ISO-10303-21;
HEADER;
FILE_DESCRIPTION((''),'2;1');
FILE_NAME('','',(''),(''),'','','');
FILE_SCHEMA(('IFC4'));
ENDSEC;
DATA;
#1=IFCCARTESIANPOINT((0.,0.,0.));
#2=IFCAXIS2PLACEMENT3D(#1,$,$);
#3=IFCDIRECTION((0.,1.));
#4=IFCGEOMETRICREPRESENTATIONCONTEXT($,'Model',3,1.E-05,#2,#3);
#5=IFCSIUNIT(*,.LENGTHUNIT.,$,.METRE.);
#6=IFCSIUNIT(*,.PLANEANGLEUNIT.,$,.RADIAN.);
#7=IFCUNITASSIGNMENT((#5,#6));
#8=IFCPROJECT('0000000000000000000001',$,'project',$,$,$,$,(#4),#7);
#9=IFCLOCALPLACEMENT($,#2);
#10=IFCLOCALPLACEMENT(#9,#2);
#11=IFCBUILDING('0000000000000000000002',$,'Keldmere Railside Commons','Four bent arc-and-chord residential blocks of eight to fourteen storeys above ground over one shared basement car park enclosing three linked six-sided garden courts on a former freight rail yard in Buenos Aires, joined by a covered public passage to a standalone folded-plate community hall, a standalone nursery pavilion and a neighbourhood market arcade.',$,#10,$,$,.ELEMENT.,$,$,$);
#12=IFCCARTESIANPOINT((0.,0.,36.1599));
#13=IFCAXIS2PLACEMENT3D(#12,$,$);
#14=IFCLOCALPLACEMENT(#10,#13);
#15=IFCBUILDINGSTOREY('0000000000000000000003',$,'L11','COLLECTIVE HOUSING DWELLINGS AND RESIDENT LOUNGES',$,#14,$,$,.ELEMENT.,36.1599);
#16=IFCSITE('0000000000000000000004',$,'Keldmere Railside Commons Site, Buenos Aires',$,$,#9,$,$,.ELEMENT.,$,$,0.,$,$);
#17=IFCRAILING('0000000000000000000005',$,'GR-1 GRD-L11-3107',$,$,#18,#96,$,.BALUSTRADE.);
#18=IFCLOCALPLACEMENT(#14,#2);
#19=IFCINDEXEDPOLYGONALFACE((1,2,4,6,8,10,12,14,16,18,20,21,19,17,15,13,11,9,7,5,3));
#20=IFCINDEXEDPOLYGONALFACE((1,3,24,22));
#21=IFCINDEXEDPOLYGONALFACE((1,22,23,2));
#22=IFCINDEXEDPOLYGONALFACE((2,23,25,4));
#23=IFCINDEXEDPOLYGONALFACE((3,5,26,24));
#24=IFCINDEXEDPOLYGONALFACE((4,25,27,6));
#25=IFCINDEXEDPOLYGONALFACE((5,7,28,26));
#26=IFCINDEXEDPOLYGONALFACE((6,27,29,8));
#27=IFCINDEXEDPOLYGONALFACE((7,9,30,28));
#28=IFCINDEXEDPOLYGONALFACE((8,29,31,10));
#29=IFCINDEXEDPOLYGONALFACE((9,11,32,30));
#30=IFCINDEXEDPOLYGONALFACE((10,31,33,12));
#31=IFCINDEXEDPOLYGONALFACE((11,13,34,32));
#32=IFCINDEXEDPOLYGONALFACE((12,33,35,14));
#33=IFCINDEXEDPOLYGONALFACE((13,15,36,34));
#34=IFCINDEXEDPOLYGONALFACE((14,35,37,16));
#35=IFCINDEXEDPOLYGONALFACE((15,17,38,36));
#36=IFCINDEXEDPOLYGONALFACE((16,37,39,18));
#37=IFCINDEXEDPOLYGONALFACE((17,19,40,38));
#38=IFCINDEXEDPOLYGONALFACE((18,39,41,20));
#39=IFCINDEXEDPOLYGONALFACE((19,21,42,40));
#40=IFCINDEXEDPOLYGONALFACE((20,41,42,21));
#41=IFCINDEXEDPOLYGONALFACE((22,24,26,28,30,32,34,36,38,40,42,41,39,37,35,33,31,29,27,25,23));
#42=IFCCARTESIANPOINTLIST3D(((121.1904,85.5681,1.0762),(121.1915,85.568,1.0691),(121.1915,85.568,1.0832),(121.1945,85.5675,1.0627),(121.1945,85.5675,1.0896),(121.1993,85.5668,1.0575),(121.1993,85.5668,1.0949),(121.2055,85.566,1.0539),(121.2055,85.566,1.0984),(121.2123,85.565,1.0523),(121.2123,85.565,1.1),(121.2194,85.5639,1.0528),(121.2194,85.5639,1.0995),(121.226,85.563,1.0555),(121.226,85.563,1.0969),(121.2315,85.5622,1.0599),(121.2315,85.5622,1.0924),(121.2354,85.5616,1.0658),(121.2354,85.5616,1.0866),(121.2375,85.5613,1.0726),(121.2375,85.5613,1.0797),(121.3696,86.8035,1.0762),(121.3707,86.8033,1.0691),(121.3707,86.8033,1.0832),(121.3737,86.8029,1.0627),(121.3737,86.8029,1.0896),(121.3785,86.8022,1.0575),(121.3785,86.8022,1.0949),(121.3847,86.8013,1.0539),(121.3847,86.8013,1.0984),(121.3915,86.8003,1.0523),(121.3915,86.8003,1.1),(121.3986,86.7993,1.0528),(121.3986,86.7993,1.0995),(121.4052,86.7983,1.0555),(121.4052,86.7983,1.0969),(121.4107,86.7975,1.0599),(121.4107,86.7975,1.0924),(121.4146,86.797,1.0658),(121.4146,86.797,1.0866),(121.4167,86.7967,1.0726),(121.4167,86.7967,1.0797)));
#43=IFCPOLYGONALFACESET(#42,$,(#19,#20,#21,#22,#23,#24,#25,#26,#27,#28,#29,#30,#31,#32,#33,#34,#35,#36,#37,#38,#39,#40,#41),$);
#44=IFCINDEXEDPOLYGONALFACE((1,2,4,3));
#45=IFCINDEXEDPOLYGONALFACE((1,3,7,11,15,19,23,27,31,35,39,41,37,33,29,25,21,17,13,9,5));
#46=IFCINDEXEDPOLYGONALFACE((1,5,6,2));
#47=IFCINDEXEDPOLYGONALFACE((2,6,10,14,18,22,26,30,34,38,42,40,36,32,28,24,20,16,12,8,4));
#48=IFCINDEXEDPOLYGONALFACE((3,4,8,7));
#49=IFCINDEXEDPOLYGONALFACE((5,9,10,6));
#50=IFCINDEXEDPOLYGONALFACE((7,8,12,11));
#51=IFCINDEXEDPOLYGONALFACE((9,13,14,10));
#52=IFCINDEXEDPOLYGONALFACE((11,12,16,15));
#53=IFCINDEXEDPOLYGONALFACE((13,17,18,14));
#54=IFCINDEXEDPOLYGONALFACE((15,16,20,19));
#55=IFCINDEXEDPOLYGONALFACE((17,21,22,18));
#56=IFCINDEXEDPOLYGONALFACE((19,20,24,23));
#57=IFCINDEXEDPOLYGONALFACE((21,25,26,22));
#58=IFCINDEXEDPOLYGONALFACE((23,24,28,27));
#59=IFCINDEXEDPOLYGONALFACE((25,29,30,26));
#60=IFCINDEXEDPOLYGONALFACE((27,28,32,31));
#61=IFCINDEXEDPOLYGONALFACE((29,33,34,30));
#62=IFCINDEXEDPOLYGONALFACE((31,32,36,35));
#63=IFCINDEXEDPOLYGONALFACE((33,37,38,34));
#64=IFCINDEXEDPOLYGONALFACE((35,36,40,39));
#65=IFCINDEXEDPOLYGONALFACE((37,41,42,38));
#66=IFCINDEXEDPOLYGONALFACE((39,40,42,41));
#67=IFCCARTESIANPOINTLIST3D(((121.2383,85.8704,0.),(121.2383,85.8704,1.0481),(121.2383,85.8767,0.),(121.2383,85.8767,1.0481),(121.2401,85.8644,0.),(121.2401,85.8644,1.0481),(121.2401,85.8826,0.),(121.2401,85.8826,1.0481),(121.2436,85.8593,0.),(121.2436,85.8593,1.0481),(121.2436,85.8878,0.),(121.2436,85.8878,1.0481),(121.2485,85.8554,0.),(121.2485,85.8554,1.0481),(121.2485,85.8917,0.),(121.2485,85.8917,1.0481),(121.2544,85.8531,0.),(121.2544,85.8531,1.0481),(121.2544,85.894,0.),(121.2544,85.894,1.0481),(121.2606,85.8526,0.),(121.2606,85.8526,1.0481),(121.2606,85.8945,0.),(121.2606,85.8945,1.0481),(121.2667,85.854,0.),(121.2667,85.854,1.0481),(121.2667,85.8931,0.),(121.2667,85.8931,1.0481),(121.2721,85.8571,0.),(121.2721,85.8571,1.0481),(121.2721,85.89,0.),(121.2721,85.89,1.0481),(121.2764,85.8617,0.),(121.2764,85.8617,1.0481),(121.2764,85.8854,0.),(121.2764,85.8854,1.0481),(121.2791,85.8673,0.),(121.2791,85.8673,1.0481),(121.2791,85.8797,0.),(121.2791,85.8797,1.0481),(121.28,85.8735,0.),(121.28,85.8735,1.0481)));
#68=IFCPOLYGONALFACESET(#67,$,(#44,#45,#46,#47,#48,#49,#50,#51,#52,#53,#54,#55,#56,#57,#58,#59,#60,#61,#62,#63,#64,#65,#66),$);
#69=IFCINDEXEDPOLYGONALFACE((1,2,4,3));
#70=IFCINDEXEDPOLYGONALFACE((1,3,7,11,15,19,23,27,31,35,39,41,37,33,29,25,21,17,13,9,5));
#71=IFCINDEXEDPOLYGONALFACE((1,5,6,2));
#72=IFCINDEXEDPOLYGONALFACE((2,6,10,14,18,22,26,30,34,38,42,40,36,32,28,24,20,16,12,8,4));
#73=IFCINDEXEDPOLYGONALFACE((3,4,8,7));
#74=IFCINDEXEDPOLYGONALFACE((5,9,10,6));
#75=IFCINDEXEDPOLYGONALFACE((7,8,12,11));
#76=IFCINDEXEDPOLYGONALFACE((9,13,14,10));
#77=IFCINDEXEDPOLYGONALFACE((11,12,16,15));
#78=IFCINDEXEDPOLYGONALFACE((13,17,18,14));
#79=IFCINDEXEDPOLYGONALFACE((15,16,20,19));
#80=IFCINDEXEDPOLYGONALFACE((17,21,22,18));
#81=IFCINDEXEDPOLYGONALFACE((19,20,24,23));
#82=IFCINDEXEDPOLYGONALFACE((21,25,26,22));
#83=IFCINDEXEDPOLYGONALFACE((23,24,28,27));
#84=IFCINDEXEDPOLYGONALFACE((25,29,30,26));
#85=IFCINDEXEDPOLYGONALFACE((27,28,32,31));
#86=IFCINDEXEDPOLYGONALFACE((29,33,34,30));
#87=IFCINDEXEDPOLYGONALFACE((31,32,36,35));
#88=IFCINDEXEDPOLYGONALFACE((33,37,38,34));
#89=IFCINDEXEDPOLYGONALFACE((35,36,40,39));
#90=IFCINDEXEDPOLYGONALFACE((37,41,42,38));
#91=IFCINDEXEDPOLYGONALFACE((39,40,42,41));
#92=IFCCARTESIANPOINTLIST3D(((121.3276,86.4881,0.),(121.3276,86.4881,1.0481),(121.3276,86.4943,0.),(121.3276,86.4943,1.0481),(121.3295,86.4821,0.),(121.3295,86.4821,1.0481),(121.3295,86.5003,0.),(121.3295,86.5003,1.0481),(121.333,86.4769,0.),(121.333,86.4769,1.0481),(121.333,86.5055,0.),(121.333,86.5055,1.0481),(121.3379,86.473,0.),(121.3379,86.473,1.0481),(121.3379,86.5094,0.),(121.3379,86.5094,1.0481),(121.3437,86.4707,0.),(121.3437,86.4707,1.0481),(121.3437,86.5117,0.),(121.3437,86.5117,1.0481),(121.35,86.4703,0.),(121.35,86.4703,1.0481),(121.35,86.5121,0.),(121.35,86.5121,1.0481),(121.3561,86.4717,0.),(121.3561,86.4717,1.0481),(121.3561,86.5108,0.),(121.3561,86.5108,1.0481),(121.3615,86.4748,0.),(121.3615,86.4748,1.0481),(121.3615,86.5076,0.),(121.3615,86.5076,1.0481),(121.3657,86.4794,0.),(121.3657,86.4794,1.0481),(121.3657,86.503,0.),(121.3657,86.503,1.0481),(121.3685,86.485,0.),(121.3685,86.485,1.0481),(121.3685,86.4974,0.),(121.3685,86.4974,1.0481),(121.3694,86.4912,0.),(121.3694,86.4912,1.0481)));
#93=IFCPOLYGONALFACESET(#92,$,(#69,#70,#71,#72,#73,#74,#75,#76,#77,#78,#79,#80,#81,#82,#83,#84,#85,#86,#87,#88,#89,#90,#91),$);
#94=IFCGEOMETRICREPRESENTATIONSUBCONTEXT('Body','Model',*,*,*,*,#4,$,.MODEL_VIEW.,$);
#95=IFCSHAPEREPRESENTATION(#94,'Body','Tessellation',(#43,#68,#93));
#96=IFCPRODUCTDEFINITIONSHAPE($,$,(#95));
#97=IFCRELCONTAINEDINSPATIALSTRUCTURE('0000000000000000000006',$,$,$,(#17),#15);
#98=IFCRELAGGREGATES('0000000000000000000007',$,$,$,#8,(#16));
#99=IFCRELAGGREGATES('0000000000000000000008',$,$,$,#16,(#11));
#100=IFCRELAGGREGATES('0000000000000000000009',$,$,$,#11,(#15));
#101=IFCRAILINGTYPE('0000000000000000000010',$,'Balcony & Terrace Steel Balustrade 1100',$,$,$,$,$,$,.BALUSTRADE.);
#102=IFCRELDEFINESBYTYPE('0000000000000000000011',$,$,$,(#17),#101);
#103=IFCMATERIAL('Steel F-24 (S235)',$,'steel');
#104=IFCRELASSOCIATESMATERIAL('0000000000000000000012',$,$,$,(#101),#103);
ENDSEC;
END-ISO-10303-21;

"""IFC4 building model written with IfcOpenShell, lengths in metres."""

from ifc_helpers import new_model, si_unit, direction, frame, origin, origin_2d, place, context, subcontext, project, spatial, circle, extrude, material, type_object, element, save


model = new_model("IFC4")

# Units and contexts
model_context = context("Model", 3, precision=1e-05, world=origin(), true_north=direction((0.0, 1.0)))
body_context = subcontext(model_context, "Body", "Model", "MODEL_VIEW")
ifc_project = project(units=[si_unit("LENGTHUNIT", "METRE"), si_unit("PLANEANGLEUNIT", "RADIAN")], contexts=[model_context])

# Site, building, storey
site_placement = place(None, origin())
site = spatial("IfcSite", under=ifc_project, at=site_placement, Name="Keldmere Railside Commons Site, Buenos Aires", CompositionType="ELEMENT", RefElevation=0.0)
building_placement = place(site_placement, origin())
building = spatial("IfcBuilding", under=site, at=building_placement, Name="Keldmere Railside Commons", Description="Four bent arc-and-chord residential blocks of eight to fourteen storeys above ground over one shared basement car park enclosing three linked six-sided garden courts on a former freight rail yard in Buenos Aires, joined by a covered public passage to a standalone folded-plate community hall, a standalone nursery pavilion and a neighbourhood market arcade.", CompositionType="ELEMENT")
storey_placement = place(building_placement, frame((0.0, 0.0, 36.1599)))
storey = spatial("IfcBuildingStorey", under=building, at=storey_placement, Name="L11", Description="COLLECTIVE HOUSING DWELLINGS AND RESIDENT LOUNGES", CompositionType="ELEMENT", Elevation=36.1599)

# Railing
ifc_material_1 = material(Name="Steel F-24 (S235)", Category="steel")
railing_type = type_object("IfcRailingType", Name="Balcony & Terrace Steel Balustrade 1100", PredefinedType="BALUSTRADE", material=ifc_material_1)
railing_placement = place(storey_placement, frame((121.2141, 85.5647, 0.0)))
element("IfcRailing", 1, at=railing_placement, inside=storey, type_object=railing_type, Name="GR-1 GRD-L11-3107", PredefinedType="BALUSTRADE", context=body_context, shape_type="SweptSolid", body=[
    extrude(circle(Radius=0.0239, at=origin_2d()), frame((0.0, 0.0, 1.0762), z_axis=(0.143557, 0.989642, 0.0), x_axis=(-0.989642, 0.143557, 0.0)), (0.0, 0.0, 1.0), 1.2483),
    extrude(circle(Radius=0.021, at=origin_2d()), frame((0.0449, 0.3088, 0.0)), (0.0, 0.0, 1.0), 1.0481),
    extrude(circle(Radius=0.021, at=origin_2d()), frame((0.1343, 0.9265, 0.0)), (0.0, 0.0, 1.0), 1.0481),
])

save(model, "model.ifc")
